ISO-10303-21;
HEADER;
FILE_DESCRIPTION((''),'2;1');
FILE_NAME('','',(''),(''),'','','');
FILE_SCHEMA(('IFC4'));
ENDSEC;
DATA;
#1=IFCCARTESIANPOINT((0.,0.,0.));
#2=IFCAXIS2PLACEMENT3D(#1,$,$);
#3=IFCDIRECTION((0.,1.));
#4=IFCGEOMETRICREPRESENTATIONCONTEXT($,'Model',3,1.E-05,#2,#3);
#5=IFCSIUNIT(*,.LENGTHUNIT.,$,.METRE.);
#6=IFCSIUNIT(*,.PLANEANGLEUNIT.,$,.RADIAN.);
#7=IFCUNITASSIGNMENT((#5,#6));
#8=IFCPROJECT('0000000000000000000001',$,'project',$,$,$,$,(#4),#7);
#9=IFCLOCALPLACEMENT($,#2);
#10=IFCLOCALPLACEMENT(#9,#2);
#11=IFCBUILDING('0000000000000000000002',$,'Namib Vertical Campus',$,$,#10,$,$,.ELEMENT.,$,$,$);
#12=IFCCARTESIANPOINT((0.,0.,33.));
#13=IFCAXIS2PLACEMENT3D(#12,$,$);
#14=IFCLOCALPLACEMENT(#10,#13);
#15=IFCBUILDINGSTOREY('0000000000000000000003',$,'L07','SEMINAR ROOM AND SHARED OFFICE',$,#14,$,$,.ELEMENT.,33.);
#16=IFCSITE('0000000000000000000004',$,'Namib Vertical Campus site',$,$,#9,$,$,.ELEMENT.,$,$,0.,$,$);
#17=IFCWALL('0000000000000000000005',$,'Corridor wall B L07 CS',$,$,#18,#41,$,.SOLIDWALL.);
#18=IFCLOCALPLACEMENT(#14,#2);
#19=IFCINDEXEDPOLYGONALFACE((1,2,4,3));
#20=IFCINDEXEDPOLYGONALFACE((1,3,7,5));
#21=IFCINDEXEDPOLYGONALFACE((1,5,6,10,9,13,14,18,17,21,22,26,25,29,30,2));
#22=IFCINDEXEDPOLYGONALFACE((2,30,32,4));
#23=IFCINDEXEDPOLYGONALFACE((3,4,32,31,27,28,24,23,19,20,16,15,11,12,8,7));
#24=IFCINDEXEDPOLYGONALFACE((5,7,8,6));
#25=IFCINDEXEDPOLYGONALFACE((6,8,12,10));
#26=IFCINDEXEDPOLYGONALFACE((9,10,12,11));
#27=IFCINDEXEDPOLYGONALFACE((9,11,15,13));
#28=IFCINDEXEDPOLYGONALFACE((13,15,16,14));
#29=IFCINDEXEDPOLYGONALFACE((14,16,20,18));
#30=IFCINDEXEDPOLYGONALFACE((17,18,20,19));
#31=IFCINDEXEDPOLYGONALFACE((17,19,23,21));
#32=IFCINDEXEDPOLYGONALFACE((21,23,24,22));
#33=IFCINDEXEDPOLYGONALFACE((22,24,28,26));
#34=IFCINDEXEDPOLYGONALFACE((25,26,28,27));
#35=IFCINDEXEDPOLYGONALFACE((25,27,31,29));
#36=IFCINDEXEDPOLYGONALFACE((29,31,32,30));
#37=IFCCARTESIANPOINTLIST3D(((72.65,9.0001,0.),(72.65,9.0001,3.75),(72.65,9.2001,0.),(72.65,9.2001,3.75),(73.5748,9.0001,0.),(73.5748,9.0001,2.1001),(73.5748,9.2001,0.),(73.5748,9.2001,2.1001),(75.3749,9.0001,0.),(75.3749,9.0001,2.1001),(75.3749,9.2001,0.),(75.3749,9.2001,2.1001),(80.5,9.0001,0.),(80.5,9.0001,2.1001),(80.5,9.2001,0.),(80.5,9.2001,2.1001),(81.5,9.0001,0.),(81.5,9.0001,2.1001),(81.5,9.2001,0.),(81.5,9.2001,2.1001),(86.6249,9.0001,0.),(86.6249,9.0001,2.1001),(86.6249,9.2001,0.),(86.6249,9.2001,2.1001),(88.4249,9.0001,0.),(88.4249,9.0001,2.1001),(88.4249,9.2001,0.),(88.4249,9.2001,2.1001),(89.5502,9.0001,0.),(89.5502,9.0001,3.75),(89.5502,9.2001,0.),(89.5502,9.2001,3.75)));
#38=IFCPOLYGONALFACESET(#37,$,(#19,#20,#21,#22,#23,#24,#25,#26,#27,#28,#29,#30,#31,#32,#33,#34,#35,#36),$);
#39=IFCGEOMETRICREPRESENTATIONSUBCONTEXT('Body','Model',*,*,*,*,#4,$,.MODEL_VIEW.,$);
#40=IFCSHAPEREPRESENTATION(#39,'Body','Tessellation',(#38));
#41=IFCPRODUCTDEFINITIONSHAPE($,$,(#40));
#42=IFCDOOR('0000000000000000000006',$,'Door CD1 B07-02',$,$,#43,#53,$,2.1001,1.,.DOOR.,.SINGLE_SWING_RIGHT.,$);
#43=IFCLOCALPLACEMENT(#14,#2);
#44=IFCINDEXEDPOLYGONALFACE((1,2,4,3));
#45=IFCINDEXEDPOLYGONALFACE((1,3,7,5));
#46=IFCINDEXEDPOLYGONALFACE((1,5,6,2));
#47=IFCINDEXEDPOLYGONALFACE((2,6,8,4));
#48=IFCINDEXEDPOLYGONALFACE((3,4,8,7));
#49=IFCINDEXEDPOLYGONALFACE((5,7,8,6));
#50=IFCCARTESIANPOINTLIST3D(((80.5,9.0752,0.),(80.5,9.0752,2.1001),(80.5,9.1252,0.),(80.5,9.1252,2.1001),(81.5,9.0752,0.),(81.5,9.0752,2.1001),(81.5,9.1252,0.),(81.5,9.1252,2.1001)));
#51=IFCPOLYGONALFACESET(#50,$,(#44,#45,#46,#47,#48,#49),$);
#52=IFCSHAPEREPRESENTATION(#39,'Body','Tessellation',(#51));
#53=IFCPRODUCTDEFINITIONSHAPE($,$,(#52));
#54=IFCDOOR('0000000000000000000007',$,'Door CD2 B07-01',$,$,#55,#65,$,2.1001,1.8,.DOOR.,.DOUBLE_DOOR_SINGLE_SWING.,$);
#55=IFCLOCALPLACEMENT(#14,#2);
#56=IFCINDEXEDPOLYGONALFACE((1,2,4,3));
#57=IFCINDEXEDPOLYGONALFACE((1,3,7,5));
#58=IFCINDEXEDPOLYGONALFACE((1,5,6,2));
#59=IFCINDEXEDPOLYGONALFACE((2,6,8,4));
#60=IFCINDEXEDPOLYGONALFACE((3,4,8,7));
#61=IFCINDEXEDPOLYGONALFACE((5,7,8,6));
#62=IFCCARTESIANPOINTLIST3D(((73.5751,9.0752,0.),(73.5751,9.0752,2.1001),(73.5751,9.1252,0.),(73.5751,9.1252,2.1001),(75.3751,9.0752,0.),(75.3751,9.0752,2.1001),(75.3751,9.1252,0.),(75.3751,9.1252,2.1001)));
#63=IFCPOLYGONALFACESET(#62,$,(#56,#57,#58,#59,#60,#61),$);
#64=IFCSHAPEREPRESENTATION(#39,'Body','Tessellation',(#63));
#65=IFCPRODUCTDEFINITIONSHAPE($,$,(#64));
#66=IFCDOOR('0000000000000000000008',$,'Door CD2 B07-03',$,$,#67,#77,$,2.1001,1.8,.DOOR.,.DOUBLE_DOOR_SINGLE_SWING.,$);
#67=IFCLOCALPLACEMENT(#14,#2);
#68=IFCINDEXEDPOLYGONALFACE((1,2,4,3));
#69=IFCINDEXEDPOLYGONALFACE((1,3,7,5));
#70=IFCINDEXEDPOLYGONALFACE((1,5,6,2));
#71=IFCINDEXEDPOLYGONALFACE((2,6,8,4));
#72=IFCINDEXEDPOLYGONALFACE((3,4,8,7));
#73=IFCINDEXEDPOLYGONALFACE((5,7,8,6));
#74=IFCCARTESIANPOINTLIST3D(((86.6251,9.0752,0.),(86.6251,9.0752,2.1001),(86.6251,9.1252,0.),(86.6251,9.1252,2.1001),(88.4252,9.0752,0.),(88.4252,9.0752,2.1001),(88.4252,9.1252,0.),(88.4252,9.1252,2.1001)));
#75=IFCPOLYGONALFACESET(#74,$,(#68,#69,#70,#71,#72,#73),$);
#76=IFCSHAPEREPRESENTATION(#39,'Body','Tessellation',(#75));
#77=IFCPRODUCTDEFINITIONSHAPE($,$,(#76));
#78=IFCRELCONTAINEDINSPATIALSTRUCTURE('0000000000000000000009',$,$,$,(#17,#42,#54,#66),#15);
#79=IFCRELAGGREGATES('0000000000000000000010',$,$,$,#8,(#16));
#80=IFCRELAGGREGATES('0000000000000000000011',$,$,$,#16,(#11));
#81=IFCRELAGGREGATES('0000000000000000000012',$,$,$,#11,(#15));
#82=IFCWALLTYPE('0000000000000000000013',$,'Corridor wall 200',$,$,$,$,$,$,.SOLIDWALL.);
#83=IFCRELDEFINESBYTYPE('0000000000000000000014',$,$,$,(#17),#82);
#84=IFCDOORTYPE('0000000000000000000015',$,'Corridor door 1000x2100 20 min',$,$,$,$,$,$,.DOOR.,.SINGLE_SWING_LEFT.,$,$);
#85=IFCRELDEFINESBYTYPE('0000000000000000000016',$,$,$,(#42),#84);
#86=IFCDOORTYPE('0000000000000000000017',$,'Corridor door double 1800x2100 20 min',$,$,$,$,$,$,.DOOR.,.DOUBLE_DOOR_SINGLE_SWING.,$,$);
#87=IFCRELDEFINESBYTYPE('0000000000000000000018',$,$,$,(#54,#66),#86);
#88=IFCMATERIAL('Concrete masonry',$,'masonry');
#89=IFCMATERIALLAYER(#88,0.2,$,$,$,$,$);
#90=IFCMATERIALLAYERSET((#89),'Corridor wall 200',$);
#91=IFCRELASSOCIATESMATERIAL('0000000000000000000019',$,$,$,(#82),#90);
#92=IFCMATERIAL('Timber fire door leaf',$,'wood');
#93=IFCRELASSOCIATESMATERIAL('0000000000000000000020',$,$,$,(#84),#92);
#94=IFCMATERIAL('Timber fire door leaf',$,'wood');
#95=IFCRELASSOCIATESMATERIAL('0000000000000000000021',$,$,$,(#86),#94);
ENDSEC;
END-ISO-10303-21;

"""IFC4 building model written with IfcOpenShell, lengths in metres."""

from ifc_helpers import new_model, si_unit, direction, frame, frame_2d, origin, place, context, subcontext, project, spatial, rectangle, extrude, material, layer, layer_set, type_object, element, fill, save


model = new_model("IFC4")

# Units and contexts
model_context = context("Model", 3, precision=1e-05, world=origin(), true_north=direction((0.0, 1.0)))
body_context = subcontext(model_context, "Body", "Model", "MODEL_VIEW")
ifc_project = project(units=[si_unit("LENGTHUNIT", "METRE"), si_unit("PLANEANGLEUNIT", "RADIAN")], contexts=[model_context])

# Site, building, storey
site_placement = place(None, origin())
site = spatial("IfcSite", under=ifc_project, at=site_placement, Name="Namib Vertical Campus site", CompositionType="ELEMENT", RefElevation=0.0)
building_placement = place(site_placement, origin())
building = spatial("IfcBuilding", under=site, at=building_placement, Name="Namib Vertical Campus", CompositionType="ELEMENT")
storey_placement = place(building_placement, frame((0.0, 0.0, 33.0)))
storey = spatial("IfcBuildingStorey", under=building, at=storey_placement, Name="L07", Description="SEMINAR ROOM AND SHARED OFFICE", CompositionType="ELEMENT", Elevation=33.0)

# Wall, openings, doors
ifc_material_1 = material(Name="Concrete masonry", Category="masonry")
ifc_layer_1 = layer(ifc_material_1, 0.2)
ifc_layer_set_1 = layer_set([ifc_layer_1], Name="Corridor wall 200")
wall_type_1 = type_object("IfcWallType", Name="Corridor wall 200", PredefinedType="SOLIDWALL", material=ifc_layer_set_1)
wall_1_placement = place(storey_placement, frame((72.6499, 9.1001, 0.0), z_axis=(0.0, 0.0, 1.0), x_axis=(1.0, 0.0, 0.0)))
wall_1 = element("IfcWall", 1, at=wall_1_placement, inside=storey, type_object=wall_type_1, Name="Corridor wall B L07 CS", PredefinedType="SOLIDWALL", context=body_context, shape_type="SweptSolid", body=[
    extrude(rectangle(XDim=16.9001, YDim=0.2, at=frame_2d((8.4502, 0.0))), origin(), (0.0, 0.0, 1.0), 3.75),
])
opening_1_placement = place(wall_1_placement, frame((0.925, 0.0, 0.0)))
opening_1 = element("IfcOpeningElement", 2, at=opening_1_placement, cuts=wall_1, PredefinedType="OPENING", context=body_context, shape_type="SweptSolid", body=[
    extrude(rectangle(XDim=1.8, YDim=2.1001, at=frame_2d((0.8999, 1.05))), frame((0.0, 0.1099, 0.0), z_axis=(0.0, -1.0, 0.0), x_axis=(1.0, 0.0, 0.0)), (0.0, 0.0, 1.0), 0.22),
])
opening_2_placement = place(wall_1_placement, frame((7.8501, 0.0, 0.0)))
opening_2 = element("IfcOpeningElement", 3, at=opening_2_placement, cuts=wall_1, PredefinedType="OPENING", context=body_context, shape_type="SweptSolid", body=[
    extrude(rectangle(XDim=1.0, YDim=2.1001, at=frame_2d((0.5, 1.05))), frame((0.0, 0.1099, 0.0), z_axis=(0.0, -1.0, 0.0), x_axis=(1.0, 0.0, 0.0)), (0.0, 0.0, 1.0), 0.22),
])
opening_3_placement = place(wall_1_placement, frame((13.9751, 0.0, 0.0)))
opening_3 = element("IfcOpeningElement", 4, at=opening_3_placement, cuts=wall_1, PredefinedType="OPENING", context=body_context, shape_type="SweptSolid", body=[
    extrude(rectangle(XDim=1.8, YDim=2.1001, at=frame_2d((0.8999, 1.05))), frame((0.0, 0.1099, 0.0), z_axis=(0.0, -1.0, 0.0), x_axis=(1.0, 0.0, 0.0)), (0.0, 0.0, 1.0), 0.22),
])
ifc_material_2 = material(Name="Timber fire door leaf", Category="wood")
door_type_1 = type_object("IfcDoorType", Name="Corridor door 1000x2100 20 min", OperationType="SINGLE_SWING_LEFT", PredefinedType="DOOR", material=ifc_material_2)
door_1_placement = place(opening_2_placement, frame((1.0, 0.0, 0.0), z_axis=(0.0, 0.0, 1.0), x_axis=(-1.0, 0.0, 0.0)))
door_1 = element("IfcDoor", 5, at=door_1_placement, inside=storey, type_object=door_type_1, Name="Door CD1 B07-02", OperationType="SINGLE_SWING_RIGHT", OverallHeight=2.1001, OverallWidth=1.0, PredefinedType="DOOR", context=body_context, shape_type="SweptSolid", body=[
    extrude(rectangle(XDim=1.0, YDim=2.1001, at=frame_2d((0.5, 1.05))), frame((0.0, 0.0249, 0.0), z_axis=(0.0, -1.0, 0.0), x_axis=(1.0, 0.0, 0.0)), (0.0, 0.0, 1.0), 0.05),
])
fill(opening_2, door_1)
ifc_material_3 = material(Name="Timber fire door leaf", Category="wood")
door_type_2 = type_object("IfcDoorType", Name="Corridor door double 1800x2100 20 min", OperationType="DOUBLE_DOOR_SINGLE_SWING", PredefinedType="DOOR", material=ifc_material_3)
door_2_placement = place(opening_1_placement, frame((1.8, 0.0, 0.0), z_axis=(0.0, 0.0, 1.0), x_axis=(-1.0, 0.0, 0.0)))
door_2 = element("IfcDoor", 6, at=door_2_placement, inside=storey, type_object=door_type_2, Name="Door CD2 B07-01", OperationType="DOUBLE_DOOR_SINGLE_SWING", OverallHeight=2.1001, OverallWidth=1.8, PredefinedType="DOOR", context=body_context, shape_type="SweptSolid", body=[
    extrude(rectangle(XDim=1.8, YDim=2.1001, at=frame_2d((0.8999, 1.05))), frame((0.0, 0.0249, 0.0), z_axis=(0.0, -1.0, 0.0), x_axis=(1.0, 0.0, 0.0)), (0.0, 0.0, 1.0), 0.05),
])
fill(opening_1, door_2)
door_3_placement = place(opening_3_placement, frame((1.8, 0.0, 0.0), z_axis=(0.0, 0.0, 1.0), x_axis=(-1.0, 0.0, 0.0)))
door_3 = element("IfcDoor", 7, at=door_3_placement, inside=storey, type_object=door_type_2, Name="Door CD2 B07-03", OperationType="DOUBLE_DOOR_SINGLE_SWING", OverallHeight=2.1001, OverallWidth=1.8, PredefinedType="DOOR", context=body_context, shape_type="SweptSolid", body=[
    extrude(rectangle(XDim=1.8, YDim=2.1001, at=frame_2d((0.8999, 1.05))), frame((0.0, 0.0249, 0.0), z_axis=(0.0, -1.0, 0.0), x_axis=(1.0, 0.0, 0.0)), (0.0, 0.0, 1.0), 0.05),
])
fill(opening_3, door_3)

save(model, "model.ifc")
